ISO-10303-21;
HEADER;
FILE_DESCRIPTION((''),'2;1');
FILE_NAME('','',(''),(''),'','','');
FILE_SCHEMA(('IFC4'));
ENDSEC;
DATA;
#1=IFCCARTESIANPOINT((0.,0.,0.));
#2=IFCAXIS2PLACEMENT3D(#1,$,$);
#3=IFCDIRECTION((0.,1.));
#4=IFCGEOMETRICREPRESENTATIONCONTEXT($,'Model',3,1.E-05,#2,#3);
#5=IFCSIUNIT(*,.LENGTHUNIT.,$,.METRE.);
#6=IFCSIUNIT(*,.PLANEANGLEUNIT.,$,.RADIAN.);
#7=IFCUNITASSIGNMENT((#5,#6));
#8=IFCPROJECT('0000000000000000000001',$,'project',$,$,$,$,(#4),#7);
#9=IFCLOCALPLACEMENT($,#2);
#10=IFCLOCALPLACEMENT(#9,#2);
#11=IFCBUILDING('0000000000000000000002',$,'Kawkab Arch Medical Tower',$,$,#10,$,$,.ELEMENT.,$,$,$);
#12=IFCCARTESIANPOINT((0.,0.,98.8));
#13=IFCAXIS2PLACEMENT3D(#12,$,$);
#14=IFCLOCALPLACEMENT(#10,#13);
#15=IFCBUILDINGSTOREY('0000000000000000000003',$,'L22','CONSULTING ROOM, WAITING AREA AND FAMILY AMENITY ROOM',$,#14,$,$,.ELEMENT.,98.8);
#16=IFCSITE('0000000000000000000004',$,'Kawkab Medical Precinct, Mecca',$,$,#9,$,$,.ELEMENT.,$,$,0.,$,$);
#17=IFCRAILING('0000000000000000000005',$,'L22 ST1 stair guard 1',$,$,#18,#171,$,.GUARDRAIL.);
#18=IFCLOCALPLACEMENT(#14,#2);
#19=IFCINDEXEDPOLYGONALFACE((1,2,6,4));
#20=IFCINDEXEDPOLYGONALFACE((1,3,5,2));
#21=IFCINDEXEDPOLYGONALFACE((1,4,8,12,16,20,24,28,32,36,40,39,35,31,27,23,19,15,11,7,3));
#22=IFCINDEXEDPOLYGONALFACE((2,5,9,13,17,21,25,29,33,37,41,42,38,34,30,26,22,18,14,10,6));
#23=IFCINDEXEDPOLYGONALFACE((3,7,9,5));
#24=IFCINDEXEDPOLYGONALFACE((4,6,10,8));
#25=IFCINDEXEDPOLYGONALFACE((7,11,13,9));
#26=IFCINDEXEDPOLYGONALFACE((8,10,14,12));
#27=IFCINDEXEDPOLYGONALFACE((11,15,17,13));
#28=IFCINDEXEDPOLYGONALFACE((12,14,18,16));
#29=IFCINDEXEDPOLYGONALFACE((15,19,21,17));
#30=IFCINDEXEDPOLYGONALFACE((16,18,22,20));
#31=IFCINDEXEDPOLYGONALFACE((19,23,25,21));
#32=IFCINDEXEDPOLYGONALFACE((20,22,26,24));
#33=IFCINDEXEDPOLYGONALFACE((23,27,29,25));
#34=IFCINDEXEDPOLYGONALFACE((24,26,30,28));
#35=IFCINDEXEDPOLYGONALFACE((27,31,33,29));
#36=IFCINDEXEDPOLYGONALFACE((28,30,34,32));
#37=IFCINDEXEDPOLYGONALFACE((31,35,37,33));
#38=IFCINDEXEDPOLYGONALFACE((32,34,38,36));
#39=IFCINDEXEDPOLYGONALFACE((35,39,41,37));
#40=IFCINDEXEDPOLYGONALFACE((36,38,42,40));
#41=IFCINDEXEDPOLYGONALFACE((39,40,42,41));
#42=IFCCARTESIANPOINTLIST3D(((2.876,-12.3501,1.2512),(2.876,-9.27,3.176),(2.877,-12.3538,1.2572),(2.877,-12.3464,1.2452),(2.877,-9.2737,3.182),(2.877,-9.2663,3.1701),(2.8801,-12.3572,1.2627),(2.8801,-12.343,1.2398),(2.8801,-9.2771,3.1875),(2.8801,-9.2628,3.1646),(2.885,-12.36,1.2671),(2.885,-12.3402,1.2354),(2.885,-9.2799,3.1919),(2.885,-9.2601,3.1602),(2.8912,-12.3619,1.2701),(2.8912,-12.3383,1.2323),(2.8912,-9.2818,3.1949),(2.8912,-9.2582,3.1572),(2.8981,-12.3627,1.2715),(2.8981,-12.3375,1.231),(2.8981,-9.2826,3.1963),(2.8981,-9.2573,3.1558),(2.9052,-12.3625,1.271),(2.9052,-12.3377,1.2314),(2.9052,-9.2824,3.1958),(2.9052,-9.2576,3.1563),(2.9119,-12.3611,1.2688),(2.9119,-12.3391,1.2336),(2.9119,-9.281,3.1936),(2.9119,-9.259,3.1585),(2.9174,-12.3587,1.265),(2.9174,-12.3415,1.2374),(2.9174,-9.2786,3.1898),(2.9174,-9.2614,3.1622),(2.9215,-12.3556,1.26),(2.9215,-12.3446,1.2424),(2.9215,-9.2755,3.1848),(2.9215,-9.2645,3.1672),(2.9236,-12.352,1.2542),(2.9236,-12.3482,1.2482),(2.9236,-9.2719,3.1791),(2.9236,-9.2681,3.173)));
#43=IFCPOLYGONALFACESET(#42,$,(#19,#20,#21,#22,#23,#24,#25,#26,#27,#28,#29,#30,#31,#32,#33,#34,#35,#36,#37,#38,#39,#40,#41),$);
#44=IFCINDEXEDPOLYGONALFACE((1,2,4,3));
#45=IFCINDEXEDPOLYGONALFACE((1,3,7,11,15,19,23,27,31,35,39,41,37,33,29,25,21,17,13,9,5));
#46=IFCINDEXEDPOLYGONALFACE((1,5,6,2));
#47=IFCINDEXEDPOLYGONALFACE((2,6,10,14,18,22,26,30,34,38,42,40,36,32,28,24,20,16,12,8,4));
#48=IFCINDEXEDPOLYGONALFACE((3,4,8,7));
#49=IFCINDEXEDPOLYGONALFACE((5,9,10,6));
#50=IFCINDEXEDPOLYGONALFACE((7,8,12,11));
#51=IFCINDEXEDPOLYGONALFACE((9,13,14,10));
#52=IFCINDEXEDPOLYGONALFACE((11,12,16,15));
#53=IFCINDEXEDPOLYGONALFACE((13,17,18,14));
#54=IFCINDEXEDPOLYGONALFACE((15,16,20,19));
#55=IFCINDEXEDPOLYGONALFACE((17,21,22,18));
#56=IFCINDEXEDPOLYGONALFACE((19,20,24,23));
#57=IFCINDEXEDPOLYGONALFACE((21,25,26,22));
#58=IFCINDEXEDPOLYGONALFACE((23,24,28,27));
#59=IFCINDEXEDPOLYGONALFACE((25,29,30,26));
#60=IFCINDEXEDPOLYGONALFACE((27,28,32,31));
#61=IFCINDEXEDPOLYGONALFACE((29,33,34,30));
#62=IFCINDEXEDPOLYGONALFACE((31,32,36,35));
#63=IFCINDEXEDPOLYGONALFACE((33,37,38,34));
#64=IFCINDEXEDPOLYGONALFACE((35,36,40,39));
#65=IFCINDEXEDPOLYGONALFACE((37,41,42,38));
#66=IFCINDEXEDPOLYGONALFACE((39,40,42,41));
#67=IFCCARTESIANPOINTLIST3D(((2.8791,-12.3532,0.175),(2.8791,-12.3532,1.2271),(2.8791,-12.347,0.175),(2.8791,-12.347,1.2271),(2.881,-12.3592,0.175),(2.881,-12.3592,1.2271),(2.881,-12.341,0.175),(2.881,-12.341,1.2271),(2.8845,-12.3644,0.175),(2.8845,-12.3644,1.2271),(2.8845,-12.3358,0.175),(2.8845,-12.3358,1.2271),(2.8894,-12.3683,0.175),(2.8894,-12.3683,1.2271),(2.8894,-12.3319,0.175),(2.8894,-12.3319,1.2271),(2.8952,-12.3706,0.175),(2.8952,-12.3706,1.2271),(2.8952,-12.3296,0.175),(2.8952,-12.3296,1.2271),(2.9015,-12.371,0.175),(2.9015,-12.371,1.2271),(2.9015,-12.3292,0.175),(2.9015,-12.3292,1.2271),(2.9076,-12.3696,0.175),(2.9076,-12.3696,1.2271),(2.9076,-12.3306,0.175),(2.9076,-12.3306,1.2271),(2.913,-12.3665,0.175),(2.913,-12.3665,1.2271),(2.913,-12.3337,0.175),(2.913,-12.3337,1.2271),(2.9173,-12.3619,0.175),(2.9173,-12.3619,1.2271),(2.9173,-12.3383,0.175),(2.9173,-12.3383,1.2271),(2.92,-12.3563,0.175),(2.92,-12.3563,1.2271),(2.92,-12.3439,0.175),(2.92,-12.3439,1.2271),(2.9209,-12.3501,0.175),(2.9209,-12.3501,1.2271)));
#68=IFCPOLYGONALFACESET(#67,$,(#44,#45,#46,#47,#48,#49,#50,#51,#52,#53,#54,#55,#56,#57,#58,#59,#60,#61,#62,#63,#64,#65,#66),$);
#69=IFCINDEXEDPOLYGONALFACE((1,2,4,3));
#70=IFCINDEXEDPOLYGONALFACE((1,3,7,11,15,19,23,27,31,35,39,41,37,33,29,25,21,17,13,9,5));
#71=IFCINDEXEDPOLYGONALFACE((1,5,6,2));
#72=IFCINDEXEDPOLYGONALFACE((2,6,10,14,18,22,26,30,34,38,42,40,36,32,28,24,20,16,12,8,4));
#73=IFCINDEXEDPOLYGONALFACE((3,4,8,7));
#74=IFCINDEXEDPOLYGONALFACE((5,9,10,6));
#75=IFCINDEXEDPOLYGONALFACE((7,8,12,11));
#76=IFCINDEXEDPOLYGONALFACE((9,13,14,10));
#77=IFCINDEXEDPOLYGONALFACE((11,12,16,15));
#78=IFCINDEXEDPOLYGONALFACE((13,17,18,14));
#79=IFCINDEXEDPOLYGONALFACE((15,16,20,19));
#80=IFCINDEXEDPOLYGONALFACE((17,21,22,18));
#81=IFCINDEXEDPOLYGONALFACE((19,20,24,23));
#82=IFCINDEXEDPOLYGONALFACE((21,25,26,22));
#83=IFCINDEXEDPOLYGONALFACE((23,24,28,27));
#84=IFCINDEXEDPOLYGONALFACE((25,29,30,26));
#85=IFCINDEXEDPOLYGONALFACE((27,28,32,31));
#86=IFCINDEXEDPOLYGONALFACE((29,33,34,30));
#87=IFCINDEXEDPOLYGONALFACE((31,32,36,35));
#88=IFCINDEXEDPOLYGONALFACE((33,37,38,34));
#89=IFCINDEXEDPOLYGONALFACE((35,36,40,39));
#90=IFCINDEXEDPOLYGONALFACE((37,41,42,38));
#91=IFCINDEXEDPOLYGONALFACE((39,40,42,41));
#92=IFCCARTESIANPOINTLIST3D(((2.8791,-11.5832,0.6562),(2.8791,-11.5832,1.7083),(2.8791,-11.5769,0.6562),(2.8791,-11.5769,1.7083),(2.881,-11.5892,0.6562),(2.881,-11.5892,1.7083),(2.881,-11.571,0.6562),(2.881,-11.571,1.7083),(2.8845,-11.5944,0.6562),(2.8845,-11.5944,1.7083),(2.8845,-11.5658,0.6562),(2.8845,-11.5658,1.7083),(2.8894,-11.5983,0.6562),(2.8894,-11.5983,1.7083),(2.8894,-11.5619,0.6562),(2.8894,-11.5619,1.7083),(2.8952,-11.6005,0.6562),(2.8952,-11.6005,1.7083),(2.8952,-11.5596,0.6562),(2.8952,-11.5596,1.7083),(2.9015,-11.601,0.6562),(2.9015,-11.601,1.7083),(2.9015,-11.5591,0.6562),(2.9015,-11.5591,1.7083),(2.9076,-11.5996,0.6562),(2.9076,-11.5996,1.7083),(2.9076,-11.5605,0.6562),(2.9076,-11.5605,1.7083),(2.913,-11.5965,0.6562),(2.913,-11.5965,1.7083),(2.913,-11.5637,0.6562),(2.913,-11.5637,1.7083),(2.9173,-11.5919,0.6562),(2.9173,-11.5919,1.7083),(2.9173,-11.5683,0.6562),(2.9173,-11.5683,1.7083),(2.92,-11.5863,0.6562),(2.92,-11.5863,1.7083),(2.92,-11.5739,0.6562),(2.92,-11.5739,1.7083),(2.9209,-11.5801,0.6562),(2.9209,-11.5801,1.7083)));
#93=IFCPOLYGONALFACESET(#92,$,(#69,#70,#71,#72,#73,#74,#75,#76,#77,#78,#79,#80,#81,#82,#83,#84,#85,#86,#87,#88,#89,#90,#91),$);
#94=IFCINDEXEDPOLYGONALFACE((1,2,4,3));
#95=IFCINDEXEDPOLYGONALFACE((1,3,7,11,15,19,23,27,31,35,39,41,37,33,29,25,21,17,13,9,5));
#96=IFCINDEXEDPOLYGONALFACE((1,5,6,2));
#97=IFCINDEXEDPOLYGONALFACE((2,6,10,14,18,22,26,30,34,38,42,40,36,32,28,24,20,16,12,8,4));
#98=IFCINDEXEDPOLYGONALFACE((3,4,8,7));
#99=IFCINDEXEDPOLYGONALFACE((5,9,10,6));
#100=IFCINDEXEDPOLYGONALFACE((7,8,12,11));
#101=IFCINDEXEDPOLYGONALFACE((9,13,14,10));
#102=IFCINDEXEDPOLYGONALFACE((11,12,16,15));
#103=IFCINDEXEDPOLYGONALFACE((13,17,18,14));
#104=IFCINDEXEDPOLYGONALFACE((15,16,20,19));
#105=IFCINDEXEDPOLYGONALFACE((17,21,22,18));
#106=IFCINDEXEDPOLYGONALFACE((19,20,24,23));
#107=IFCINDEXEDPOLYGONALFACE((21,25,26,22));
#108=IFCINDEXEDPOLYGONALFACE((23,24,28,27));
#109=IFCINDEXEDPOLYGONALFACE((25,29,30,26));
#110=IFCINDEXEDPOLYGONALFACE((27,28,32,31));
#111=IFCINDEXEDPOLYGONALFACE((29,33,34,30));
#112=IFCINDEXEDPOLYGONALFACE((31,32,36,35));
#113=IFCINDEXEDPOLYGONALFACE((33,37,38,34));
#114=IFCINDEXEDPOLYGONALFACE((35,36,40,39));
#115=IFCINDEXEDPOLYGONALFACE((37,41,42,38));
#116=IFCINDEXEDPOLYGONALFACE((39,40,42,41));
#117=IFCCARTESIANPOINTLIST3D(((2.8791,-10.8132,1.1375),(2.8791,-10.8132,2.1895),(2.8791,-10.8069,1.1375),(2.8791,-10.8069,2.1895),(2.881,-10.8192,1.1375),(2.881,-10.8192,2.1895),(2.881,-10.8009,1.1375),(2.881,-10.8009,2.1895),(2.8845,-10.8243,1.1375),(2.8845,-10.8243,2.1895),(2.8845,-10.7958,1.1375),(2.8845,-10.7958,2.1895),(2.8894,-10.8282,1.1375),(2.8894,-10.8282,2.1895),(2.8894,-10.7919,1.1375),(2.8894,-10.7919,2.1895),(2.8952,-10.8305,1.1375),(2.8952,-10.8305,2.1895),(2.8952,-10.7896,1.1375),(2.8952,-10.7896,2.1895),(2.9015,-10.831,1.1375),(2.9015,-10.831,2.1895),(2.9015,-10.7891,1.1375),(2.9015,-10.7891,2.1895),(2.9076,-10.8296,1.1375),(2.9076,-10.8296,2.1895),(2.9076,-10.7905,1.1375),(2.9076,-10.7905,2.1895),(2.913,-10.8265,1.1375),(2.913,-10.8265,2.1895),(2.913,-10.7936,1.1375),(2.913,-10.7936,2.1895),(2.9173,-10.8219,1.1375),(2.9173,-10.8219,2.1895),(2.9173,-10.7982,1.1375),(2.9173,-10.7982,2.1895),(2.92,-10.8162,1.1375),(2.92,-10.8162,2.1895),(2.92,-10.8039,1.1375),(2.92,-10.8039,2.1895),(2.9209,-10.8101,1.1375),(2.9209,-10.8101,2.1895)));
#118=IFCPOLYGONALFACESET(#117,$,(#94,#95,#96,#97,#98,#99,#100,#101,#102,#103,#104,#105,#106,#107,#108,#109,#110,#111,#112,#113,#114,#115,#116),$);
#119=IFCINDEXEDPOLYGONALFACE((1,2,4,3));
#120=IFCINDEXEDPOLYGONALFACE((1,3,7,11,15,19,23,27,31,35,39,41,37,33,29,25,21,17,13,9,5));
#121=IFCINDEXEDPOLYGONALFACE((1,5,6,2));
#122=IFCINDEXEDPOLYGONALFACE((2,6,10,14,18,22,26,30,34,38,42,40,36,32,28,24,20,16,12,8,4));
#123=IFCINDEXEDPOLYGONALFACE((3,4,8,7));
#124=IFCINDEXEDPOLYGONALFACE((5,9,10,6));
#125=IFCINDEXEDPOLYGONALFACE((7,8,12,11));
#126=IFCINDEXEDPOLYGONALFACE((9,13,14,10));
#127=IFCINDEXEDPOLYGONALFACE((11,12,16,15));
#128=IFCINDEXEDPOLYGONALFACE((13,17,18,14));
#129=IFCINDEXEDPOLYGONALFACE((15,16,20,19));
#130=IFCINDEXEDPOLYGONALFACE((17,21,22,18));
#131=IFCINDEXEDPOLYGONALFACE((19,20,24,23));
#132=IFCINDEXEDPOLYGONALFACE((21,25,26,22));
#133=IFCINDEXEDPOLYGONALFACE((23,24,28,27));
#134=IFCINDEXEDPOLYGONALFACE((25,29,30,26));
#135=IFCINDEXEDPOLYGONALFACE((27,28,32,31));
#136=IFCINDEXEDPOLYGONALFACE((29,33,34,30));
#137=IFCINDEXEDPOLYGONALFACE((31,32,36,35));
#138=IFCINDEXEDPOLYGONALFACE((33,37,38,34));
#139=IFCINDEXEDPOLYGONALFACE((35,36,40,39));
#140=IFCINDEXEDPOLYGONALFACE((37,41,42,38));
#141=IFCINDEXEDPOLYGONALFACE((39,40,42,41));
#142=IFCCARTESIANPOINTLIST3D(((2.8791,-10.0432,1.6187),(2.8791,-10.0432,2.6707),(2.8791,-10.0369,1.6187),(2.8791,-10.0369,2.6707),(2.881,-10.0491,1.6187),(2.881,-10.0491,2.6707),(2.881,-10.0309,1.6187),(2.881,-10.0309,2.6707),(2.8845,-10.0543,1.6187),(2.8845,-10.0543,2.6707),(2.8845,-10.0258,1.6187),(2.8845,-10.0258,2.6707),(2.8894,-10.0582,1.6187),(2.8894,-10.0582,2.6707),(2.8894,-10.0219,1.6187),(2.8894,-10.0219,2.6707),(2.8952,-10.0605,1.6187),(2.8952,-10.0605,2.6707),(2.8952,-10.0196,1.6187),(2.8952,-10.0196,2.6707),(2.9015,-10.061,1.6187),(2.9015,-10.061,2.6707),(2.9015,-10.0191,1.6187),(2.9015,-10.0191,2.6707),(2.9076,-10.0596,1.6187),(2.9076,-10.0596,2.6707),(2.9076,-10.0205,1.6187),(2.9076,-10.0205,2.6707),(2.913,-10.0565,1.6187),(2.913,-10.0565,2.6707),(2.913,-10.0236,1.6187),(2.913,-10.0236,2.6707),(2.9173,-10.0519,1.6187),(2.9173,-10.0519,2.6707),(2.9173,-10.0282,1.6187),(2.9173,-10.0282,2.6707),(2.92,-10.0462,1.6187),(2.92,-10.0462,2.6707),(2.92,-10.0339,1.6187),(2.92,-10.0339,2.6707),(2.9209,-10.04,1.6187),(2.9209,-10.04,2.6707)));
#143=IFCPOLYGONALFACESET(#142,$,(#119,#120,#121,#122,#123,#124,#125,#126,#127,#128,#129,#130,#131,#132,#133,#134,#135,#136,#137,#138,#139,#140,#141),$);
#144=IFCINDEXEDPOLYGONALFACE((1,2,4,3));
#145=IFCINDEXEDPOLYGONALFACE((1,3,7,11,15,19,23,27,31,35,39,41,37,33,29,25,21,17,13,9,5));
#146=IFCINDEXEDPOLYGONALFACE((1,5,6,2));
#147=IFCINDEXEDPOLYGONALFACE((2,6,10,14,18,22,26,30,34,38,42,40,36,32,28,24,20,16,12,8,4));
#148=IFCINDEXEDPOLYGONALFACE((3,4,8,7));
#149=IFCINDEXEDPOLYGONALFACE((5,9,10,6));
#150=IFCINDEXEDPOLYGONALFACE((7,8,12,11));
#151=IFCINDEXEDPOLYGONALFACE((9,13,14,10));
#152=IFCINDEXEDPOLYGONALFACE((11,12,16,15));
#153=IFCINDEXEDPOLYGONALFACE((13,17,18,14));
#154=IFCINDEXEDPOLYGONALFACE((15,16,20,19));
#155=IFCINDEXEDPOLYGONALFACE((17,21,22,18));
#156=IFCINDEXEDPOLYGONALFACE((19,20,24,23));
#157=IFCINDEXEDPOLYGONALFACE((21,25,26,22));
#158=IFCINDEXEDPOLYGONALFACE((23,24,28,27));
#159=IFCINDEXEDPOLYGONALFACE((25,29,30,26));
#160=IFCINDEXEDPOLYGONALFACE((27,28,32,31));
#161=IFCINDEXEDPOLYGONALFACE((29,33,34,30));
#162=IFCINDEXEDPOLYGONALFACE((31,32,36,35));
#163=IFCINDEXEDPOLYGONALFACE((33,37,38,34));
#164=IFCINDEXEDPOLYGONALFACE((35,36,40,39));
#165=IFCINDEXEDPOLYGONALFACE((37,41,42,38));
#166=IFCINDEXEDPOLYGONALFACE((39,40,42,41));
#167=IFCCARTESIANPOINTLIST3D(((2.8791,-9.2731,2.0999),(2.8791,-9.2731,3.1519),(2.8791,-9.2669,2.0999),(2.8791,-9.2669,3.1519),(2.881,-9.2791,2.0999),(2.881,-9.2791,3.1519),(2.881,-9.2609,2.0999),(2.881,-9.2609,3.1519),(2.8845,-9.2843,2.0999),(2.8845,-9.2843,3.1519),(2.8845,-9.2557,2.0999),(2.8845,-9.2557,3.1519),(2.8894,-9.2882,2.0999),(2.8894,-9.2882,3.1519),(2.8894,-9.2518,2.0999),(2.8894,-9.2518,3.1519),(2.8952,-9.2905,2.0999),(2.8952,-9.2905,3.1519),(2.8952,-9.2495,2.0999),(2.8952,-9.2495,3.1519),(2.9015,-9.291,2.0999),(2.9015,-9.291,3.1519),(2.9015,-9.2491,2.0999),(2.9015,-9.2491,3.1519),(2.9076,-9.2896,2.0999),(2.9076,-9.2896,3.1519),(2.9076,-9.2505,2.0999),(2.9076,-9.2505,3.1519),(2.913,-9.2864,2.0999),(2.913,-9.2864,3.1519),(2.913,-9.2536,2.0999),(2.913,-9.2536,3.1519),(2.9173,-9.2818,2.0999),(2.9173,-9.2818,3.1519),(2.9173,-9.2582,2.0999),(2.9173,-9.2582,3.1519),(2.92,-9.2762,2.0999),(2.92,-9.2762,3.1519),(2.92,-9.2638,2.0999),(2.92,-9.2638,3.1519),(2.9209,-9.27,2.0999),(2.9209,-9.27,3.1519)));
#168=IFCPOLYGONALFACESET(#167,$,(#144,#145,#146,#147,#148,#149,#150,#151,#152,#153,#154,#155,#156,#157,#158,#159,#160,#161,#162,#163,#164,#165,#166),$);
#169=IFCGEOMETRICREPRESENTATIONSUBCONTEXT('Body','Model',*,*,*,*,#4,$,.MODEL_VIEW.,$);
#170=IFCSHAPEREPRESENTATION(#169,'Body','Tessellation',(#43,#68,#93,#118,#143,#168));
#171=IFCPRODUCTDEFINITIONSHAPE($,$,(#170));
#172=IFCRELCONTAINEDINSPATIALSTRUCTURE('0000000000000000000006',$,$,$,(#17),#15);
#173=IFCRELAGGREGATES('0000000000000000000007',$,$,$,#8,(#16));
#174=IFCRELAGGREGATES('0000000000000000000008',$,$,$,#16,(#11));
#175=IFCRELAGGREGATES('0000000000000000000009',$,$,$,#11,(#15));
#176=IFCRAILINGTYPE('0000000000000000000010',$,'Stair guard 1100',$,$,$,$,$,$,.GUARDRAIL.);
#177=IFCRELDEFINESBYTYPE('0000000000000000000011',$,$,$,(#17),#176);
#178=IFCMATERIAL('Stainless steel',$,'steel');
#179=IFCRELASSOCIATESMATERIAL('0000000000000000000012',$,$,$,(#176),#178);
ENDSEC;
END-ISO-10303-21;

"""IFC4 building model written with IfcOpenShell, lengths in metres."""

from ifc_helpers import new_model, si_unit, direction, frame, origin, origin_2d, place, context, subcontext, project, spatial, circle, extrude, material, type_object, element, save


model = new_model("IFC4")

# Units and contexts
model_context = context("Model", 3, precision=1e-05, world=origin(), true_north=direction((0.0, 1.0)))
body_context = subcontext(model_context, "Body", "Model", "MODEL_VIEW")
ifc_project = project(units=[si_unit("LENGTHUNIT", "METRE"), si_unit("PLANEANGLEUNIT", "RADIAN")], contexts=[model_context])

# Site, building, storey
site_placement = place(None, origin())
site = spatial("IfcSite", under=ifc_project, at=site_placement, Name="Kawkab Medical Precinct, Mecca", CompositionType="ELEMENT", RefElevation=0.0)
building_placement = place(site_placement, origin())
building = spatial("IfcBuilding", under=site, at=building_placement, Name="Kawkab Arch Medical Tower", CompositionType="ELEMENT")
storey_placement = place(building_placement, frame((0.0, 0.0, 98.8)))
storey = spatial("IfcBuildingStorey", under=building, at=storey_placement, Name="L22", Description="CONSULTING ROOM, WAITING AREA AND FAMILY AMENITY ROOM", CompositionType="ELEMENT", Elevation=98.8)

# Railing
ifc_material_1 = material(Name="Stainless steel", Category="steel")
railing_type = type_object("IfcRailingType", Name="Stair guard 1100", PredefinedType="GUARDRAIL", material=ifc_material_1)
railing_1_placement = place(storey_placement, frame((2.8999, -12.3501, 0.175)))
element("IfcRailing", 1, at=railing_1_placement, inside=storey, type_object=railing_type, Name="L22 ST1 stair guard 1", PredefinedType="GUARDRAIL", context=body_context, shape_type="SweptSolid", body=[
    extrude(circle(Radius=0.0239, at=origin_2d()), frame((0.0, 0.0, 1.0762), z_axis=(0.0, 0.848029, 0.529951), x_axis=(-1.0, 0.0, 0.0)), (0.0, 0.0, 1.0), 3.6321),
    extrude(circle(Radius=0.021, at=origin_2d()), origin(), (0.0, 0.0, 1.0), 1.052),
    extrude(circle(Radius=0.021, at=origin_2d()), frame((0.0, 0.77, 0.4812)), (0.0, 0.0, 1.0), 1.052),
    extrude(circle(Radius=0.021, at=origin_2d()), frame((0.0, 1.54, 0.9624)), (0.0, 0.0, 1.0), 1.052),
    extrude(circle(Radius=0.021, at=origin_2d()), frame((0.0, 2.3101, 1.4436)), (0.0, 0.0, 1.0), 1.052),
    extrude(circle(Radius=0.021, at=origin_2d()), frame((0.0, 3.0801, 1.9248)), (0.0, 0.0, 1.0), 1.052),
])

save(model, "model.ifc")
